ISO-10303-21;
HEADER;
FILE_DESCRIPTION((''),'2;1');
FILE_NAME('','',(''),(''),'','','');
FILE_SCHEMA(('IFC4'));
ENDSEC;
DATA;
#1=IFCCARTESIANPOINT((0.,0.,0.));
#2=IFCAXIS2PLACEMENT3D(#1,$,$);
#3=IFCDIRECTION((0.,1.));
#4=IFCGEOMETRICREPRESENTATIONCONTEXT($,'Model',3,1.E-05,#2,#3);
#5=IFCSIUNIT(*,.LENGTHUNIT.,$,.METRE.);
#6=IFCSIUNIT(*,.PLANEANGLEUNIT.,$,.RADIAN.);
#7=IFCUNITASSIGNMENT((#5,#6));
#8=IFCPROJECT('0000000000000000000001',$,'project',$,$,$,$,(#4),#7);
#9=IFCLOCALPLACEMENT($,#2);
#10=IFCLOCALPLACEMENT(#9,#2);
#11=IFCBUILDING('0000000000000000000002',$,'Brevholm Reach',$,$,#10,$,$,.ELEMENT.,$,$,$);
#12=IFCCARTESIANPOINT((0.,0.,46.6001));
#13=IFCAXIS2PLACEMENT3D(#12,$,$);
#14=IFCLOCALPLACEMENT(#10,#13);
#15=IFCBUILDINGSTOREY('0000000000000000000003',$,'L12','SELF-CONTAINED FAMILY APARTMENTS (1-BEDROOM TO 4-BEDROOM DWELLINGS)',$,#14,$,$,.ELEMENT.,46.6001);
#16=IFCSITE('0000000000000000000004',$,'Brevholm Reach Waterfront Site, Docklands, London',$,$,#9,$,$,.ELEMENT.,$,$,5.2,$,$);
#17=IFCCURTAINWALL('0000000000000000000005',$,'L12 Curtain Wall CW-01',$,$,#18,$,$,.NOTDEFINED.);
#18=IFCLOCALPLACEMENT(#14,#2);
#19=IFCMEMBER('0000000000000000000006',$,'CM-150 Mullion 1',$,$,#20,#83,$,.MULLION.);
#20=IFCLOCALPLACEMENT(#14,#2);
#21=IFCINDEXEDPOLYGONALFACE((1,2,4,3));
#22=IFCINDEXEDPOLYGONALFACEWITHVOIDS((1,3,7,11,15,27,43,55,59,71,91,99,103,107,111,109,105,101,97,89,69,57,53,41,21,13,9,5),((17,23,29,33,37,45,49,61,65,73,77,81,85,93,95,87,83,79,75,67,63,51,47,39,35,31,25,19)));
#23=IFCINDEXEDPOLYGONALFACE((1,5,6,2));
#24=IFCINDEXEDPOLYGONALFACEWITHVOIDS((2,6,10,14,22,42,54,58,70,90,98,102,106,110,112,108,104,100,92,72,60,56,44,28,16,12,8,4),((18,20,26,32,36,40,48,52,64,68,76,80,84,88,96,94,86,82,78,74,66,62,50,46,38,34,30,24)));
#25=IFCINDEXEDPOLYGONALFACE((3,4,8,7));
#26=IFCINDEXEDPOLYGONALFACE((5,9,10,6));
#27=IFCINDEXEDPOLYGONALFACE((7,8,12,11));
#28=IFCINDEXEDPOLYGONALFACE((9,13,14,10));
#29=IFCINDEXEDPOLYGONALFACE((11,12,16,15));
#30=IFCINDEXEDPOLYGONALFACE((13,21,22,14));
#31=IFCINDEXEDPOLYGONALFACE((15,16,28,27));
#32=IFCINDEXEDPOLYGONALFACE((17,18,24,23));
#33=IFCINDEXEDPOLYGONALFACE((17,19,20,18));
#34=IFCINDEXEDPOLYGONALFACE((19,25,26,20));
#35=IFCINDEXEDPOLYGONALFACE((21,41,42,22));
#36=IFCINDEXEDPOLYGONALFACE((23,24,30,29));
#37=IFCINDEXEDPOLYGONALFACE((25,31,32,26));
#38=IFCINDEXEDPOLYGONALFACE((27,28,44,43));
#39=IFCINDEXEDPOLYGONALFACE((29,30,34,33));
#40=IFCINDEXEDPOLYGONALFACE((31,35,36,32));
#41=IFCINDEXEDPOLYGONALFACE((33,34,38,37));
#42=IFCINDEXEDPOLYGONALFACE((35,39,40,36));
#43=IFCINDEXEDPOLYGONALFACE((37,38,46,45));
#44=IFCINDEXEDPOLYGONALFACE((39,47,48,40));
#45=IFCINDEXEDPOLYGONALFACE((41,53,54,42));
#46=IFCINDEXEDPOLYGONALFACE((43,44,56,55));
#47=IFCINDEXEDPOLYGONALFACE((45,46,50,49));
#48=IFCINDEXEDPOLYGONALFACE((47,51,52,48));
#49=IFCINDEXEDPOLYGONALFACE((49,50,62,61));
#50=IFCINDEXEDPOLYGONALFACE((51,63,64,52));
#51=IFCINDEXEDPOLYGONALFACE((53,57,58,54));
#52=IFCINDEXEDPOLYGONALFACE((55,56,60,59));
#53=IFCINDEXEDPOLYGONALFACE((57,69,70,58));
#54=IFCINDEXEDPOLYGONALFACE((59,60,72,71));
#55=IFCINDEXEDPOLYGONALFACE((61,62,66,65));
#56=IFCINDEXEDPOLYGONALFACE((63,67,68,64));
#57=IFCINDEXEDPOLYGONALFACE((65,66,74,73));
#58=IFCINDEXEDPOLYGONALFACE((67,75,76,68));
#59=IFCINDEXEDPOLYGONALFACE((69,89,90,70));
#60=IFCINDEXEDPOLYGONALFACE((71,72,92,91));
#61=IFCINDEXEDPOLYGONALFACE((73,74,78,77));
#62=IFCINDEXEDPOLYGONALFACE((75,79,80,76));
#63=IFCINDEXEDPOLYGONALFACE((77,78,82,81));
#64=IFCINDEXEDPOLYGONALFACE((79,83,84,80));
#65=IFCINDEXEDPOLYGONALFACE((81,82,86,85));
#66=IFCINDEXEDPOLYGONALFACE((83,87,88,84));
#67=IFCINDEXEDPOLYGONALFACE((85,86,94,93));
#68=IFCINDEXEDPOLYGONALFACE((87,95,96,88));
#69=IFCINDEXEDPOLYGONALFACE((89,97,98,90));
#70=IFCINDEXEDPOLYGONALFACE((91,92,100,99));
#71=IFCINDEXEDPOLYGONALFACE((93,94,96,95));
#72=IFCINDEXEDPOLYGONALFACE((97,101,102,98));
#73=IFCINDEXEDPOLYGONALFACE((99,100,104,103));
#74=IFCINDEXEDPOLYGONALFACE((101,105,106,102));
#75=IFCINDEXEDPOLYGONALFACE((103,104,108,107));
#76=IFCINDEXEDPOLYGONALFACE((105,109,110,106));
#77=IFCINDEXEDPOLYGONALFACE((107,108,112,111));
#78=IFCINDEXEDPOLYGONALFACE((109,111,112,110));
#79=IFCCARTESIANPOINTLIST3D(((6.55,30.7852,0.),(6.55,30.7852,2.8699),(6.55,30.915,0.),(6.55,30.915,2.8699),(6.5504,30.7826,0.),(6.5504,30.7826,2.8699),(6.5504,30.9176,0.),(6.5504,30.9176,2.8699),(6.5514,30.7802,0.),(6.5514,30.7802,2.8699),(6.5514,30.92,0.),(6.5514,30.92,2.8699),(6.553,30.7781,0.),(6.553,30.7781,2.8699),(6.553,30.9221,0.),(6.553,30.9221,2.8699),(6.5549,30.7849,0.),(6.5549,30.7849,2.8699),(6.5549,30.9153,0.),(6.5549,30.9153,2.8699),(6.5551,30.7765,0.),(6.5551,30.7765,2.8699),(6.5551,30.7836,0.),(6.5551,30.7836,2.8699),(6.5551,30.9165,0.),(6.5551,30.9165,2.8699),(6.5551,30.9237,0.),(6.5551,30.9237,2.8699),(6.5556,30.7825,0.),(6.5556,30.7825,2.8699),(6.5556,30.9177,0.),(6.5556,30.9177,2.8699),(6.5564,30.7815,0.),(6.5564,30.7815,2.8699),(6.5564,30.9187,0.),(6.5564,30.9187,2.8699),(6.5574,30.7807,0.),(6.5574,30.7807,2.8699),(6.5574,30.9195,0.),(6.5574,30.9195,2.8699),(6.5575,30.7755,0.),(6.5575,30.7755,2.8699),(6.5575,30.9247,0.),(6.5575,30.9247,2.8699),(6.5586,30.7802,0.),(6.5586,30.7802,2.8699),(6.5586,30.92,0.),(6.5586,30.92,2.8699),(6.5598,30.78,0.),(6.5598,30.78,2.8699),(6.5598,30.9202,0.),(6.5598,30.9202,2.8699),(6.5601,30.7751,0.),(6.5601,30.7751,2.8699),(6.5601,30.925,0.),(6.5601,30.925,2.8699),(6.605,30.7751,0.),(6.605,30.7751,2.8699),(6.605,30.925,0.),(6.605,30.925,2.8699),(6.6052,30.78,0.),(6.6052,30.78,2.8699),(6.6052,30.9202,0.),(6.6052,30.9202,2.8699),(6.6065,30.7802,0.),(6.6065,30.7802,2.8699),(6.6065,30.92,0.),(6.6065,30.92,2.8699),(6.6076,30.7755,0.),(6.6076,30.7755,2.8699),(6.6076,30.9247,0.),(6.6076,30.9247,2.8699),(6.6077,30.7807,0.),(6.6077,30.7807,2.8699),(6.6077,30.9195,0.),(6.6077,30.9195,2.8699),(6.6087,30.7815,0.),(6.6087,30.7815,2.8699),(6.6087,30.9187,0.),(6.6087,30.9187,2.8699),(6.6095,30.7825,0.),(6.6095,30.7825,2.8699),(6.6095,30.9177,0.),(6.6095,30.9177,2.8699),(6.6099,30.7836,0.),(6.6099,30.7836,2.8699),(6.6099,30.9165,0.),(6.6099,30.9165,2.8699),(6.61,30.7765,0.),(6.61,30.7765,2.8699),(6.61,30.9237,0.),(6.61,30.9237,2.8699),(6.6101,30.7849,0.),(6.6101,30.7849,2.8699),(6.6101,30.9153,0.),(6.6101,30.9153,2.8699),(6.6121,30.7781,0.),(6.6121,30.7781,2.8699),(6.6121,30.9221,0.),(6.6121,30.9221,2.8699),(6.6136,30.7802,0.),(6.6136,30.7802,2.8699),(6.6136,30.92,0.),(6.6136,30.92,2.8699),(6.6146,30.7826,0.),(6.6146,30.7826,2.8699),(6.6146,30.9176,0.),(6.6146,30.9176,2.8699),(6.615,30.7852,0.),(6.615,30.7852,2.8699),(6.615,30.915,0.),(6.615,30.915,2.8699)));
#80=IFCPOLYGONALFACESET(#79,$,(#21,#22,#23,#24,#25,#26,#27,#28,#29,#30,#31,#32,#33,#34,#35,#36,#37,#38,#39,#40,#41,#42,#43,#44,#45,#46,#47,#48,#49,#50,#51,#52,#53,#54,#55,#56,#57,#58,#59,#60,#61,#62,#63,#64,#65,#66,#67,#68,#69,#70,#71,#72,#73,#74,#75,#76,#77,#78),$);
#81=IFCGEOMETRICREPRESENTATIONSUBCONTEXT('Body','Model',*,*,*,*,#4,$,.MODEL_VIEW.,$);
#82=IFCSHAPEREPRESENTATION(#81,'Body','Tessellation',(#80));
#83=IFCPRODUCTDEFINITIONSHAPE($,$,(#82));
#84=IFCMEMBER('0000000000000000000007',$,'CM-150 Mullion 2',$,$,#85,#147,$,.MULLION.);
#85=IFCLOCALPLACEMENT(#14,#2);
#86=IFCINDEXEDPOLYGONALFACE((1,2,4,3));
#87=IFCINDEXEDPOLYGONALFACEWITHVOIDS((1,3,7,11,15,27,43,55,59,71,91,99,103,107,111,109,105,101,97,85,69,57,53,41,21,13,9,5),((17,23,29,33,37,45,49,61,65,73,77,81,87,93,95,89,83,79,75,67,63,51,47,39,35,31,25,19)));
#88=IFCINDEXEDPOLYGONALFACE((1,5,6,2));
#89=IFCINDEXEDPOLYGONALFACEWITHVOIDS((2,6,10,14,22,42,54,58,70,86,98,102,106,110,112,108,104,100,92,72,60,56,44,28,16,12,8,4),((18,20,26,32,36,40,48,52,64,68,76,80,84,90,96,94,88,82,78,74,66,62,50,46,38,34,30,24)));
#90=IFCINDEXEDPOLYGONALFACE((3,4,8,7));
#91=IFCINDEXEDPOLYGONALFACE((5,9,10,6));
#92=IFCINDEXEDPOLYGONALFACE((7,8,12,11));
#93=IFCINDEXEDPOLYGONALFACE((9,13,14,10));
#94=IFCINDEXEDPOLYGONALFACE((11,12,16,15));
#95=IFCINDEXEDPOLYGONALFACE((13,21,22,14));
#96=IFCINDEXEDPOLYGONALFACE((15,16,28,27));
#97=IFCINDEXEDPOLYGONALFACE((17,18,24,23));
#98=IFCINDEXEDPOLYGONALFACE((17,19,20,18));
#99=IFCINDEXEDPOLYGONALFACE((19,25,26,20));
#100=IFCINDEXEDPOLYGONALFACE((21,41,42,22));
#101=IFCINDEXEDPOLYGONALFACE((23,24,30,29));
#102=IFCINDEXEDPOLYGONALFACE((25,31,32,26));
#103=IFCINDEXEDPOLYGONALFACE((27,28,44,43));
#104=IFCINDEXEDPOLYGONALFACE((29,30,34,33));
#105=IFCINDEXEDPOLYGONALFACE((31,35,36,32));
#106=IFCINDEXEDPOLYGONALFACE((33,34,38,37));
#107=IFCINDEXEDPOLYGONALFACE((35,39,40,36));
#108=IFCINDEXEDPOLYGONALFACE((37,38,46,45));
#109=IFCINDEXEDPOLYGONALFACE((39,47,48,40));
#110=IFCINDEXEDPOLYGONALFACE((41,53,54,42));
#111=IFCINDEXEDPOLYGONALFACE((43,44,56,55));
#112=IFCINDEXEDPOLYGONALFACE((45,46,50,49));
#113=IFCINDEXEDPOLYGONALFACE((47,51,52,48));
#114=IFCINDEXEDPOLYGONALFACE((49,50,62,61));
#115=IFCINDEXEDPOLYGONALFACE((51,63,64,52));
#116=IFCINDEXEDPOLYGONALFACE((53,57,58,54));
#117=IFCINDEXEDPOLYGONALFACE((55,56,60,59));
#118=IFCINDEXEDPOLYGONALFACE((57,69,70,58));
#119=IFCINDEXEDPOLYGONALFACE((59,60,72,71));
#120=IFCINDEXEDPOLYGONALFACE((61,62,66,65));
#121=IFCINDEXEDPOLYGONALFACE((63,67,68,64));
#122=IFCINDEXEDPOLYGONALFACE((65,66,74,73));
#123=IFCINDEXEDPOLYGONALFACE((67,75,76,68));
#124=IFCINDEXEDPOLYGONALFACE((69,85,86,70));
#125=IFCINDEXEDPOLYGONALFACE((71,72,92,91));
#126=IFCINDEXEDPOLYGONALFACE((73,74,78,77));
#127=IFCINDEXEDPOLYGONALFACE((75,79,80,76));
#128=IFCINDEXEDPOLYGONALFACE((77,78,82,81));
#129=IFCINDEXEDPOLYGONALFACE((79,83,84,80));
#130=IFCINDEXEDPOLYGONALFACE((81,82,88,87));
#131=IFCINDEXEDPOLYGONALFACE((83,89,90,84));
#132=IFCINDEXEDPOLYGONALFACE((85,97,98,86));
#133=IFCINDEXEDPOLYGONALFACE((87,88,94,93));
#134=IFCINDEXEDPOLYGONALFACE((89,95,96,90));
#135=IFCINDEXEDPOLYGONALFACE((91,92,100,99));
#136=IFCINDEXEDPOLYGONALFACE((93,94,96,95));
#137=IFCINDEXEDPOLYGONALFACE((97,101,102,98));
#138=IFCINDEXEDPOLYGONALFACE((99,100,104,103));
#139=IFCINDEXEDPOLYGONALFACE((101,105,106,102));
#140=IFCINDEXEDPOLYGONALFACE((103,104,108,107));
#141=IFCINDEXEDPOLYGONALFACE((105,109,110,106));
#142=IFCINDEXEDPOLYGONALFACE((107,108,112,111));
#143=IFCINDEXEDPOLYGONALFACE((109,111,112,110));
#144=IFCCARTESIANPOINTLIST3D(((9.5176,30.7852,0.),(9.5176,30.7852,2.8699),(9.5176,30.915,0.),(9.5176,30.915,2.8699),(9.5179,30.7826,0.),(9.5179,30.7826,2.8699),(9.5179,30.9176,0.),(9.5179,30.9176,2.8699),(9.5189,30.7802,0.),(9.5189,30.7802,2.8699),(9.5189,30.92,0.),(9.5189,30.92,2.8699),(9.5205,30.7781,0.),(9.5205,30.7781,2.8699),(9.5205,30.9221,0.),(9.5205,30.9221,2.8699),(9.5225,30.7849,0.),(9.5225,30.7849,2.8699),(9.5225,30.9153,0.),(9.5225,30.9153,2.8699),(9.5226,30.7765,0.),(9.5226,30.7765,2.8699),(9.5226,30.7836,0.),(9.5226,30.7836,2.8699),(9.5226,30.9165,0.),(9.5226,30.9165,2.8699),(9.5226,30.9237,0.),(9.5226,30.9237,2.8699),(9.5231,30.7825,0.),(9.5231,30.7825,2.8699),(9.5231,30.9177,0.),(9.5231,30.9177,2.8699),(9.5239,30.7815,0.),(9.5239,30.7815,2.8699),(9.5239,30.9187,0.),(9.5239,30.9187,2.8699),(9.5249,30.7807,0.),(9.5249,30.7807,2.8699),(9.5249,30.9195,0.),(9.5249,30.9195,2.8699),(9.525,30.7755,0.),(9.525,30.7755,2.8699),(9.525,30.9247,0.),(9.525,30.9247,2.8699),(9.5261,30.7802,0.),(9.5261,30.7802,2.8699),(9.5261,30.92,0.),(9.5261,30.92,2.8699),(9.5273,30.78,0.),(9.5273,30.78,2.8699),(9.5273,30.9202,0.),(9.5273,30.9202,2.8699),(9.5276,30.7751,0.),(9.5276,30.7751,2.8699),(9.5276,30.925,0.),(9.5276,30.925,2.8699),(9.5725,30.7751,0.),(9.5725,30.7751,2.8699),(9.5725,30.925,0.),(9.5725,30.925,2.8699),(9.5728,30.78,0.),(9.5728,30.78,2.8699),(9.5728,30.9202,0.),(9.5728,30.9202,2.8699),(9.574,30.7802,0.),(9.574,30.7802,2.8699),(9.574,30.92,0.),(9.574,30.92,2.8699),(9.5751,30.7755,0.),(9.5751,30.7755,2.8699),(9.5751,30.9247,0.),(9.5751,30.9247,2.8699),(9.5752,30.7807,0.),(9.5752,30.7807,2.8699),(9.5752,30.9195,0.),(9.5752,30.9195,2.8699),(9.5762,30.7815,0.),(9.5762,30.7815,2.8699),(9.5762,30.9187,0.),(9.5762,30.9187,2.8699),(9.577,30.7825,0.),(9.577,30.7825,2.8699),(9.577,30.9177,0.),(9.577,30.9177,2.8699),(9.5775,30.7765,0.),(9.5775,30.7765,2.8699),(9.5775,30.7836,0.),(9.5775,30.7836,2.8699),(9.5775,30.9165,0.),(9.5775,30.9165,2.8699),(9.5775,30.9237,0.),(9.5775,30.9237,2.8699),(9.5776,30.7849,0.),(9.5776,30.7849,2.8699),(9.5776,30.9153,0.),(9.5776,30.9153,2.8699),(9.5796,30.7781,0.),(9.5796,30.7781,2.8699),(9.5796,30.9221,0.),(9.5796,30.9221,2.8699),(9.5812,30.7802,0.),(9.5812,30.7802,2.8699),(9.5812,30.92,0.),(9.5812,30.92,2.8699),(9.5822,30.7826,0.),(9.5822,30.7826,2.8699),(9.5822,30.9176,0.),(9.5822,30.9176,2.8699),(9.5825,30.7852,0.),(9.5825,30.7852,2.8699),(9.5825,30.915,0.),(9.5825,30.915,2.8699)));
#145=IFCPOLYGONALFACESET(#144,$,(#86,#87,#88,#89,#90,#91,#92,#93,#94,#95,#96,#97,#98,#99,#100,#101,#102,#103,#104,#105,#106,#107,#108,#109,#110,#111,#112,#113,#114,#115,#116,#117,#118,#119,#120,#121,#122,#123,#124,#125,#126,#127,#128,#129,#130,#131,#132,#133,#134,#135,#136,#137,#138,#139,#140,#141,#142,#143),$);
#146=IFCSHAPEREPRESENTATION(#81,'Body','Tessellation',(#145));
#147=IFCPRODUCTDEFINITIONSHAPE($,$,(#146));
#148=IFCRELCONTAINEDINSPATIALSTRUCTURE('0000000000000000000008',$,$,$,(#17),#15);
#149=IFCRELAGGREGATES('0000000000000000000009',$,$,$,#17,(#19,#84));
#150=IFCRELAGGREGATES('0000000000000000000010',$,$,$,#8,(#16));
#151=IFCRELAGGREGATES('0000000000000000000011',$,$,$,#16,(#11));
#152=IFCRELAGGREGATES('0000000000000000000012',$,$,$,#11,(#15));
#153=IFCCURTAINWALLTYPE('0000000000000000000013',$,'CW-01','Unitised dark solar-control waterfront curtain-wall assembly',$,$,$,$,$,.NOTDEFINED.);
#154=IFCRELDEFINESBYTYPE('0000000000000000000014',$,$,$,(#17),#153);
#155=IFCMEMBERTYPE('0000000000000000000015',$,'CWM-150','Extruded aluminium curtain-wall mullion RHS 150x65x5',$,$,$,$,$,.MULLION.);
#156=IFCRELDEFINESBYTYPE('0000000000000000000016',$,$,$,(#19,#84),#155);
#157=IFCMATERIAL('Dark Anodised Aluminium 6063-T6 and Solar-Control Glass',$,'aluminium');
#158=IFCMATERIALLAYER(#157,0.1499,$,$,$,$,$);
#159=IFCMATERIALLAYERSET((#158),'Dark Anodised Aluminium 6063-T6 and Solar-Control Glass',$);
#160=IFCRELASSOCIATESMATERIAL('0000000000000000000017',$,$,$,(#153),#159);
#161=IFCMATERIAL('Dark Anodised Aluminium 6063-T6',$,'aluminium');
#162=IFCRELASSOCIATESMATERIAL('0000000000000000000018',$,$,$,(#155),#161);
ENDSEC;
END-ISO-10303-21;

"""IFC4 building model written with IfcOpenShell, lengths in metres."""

from ifc_helpers import new_model, si_unit, direction, frame, origin, origin_2d, place, context, subcontext, project, spatial, hollow_rectangle, extrude, material, layer, layer_set, material_profile, profile_set, type_object, element, aggregate, save


model = new_model("IFC4")

# Units and contexts
model_context = context("Model", 3, precision=1e-05, world=origin(), true_north=direction((0.0, 1.0)))
body_context = subcontext(model_context, "Body", "Model", "MODEL_VIEW")
ifc_project = project(units=[si_unit("LENGTHUNIT", "METRE"), si_unit("PLANEANGLEUNIT", "RADIAN")], contexts=[model_context])

# Site, building, storey
site_placement = place(None, origin())
site = spatial("IfcSite", under=ifc_project, at=site_placement, Name="Brevholm Reach Waterfront Site, Docklands, London", CompositionType="ELEMENT", RefElevation=5.2)
building_placement = place(site_placement, origin())
building = spatial("IfcBuilding", under=site, at=building_placement, Name="Brevholm Reach", CompositionType="ELEMENT")
storey_placement = place(building_placement, frame((0.0, 0.0, 46.6001)))
storey = spatial("IfcBuildingStorey", under=building, at=storey_placement, Name="L12", Description="SELF-CONTAINED FAMILY APARTMENTS (1-BEDROOM TO 4-BEDROOM DWELLINGS)", CompositionType="ELEMENT", Elevation=46.6001)

# Curtain wall, members
ifc_material_1 = material(Name="Dark Anodised Aluminium 6063-T6 and Solar-Control Glass", Category="aluminium")
ifc_layer_1 = layer(ifc_material_1, 0.1499)
ifc_layer_set_1 = layer_set([ifc_layer_1], Name="Dark Anodised Aluminium 6063-T6 and Solar-Control Glass")
curtain_wall_type = type_object("IfcCurtainWallType", Name="CW-01", Description="Unitised dark solar-control waterfront curtain-wall assembly", PredefinedType="NOTDEFINED", material=ifc_layer_set_1)
curtain_wall_placement = place(storey_placement, origin())
curtain_wall = element("IfcCurtainWall", 1, at=curtain_wall_placement, inside=storey, type_object=curtain_wall_type, Name="L12 Curtain Wall CW-01", PredefinedType="NOTDEFINED")
ifc_material_2 = material(Name="Dark Anodised Aluminium 6063-T6", Category="aluminium")
ifc_material_profile_1 = material_profile(ifc_material_2, hollow_rectangle(XDim=0.0649, YDim=0.1499, WallThickness=0.0049, InnerFilletRadius=0.0049, OuterFilletRadius=0.01, at=origin_2d()), Name="RHS 150x65x5")
ifc_profile_set_1 = profile_set([ifc_material_profile_1], Name="Dark Anodised Aluminium 6063-T6")
member_type_1 = type_object("IfcMemberType", Name="CWM-150", Description="Extruded aluminium curtain-wall mullion RHS 150x65x5", PredefinedType="MULLION", material=ifc_profile_set_1)
member_1_placement = place(storey_placement, frame((6.5825, 30.8501, 0.0), z_axis=(0.0, 0.0, 1.0), x_axis=(1.0, 0.0, 0.0)))
member_1 = element("IfcMember", 2, at=member_1_placement, type_object=member_type_1, Name="CM-150 Mullion 1", PredefinedType="MULLION", context=body_context, shape_type="SweptSolid", body=[
    extrude(hollow_rectangle(XDim=0.0649, YDim=0.1499, WallThickness=0.0049, InnerFilletRadius=0.0049, OuterFilletRadius=0.01, at=origin_2d()), origin(), (0.0, 0.0, 1.0), 2.8699),
])
member_2_placement = place(storey_placement, frame((9.55, 30.8501, 0.0), z_axis=(0.0, 0.0, 1.0), x_axis=(1.0, 0.0, 0.0)))
member_2 = element("IfcMember", 3, at=member_2_placement, type_object=member_type_1, Name="CM-150 Mullion 2", PredefinedType="MULLION", context=body_context, shape_type="SweptSolid", body=[
    extrude(hollow_rectangle(XDim=0.0649, YDim=0.1499, WallThickness=0.0049, InnerFilletRadius=0.0049, OuterFilletRadius=0.01, at=origin_2d()), origin(), (0.0, 0.0, 1.0), 2.8699),
])
aggregate(curtain_wall, [member_1, member_2])

save(model, "model.ifc")
